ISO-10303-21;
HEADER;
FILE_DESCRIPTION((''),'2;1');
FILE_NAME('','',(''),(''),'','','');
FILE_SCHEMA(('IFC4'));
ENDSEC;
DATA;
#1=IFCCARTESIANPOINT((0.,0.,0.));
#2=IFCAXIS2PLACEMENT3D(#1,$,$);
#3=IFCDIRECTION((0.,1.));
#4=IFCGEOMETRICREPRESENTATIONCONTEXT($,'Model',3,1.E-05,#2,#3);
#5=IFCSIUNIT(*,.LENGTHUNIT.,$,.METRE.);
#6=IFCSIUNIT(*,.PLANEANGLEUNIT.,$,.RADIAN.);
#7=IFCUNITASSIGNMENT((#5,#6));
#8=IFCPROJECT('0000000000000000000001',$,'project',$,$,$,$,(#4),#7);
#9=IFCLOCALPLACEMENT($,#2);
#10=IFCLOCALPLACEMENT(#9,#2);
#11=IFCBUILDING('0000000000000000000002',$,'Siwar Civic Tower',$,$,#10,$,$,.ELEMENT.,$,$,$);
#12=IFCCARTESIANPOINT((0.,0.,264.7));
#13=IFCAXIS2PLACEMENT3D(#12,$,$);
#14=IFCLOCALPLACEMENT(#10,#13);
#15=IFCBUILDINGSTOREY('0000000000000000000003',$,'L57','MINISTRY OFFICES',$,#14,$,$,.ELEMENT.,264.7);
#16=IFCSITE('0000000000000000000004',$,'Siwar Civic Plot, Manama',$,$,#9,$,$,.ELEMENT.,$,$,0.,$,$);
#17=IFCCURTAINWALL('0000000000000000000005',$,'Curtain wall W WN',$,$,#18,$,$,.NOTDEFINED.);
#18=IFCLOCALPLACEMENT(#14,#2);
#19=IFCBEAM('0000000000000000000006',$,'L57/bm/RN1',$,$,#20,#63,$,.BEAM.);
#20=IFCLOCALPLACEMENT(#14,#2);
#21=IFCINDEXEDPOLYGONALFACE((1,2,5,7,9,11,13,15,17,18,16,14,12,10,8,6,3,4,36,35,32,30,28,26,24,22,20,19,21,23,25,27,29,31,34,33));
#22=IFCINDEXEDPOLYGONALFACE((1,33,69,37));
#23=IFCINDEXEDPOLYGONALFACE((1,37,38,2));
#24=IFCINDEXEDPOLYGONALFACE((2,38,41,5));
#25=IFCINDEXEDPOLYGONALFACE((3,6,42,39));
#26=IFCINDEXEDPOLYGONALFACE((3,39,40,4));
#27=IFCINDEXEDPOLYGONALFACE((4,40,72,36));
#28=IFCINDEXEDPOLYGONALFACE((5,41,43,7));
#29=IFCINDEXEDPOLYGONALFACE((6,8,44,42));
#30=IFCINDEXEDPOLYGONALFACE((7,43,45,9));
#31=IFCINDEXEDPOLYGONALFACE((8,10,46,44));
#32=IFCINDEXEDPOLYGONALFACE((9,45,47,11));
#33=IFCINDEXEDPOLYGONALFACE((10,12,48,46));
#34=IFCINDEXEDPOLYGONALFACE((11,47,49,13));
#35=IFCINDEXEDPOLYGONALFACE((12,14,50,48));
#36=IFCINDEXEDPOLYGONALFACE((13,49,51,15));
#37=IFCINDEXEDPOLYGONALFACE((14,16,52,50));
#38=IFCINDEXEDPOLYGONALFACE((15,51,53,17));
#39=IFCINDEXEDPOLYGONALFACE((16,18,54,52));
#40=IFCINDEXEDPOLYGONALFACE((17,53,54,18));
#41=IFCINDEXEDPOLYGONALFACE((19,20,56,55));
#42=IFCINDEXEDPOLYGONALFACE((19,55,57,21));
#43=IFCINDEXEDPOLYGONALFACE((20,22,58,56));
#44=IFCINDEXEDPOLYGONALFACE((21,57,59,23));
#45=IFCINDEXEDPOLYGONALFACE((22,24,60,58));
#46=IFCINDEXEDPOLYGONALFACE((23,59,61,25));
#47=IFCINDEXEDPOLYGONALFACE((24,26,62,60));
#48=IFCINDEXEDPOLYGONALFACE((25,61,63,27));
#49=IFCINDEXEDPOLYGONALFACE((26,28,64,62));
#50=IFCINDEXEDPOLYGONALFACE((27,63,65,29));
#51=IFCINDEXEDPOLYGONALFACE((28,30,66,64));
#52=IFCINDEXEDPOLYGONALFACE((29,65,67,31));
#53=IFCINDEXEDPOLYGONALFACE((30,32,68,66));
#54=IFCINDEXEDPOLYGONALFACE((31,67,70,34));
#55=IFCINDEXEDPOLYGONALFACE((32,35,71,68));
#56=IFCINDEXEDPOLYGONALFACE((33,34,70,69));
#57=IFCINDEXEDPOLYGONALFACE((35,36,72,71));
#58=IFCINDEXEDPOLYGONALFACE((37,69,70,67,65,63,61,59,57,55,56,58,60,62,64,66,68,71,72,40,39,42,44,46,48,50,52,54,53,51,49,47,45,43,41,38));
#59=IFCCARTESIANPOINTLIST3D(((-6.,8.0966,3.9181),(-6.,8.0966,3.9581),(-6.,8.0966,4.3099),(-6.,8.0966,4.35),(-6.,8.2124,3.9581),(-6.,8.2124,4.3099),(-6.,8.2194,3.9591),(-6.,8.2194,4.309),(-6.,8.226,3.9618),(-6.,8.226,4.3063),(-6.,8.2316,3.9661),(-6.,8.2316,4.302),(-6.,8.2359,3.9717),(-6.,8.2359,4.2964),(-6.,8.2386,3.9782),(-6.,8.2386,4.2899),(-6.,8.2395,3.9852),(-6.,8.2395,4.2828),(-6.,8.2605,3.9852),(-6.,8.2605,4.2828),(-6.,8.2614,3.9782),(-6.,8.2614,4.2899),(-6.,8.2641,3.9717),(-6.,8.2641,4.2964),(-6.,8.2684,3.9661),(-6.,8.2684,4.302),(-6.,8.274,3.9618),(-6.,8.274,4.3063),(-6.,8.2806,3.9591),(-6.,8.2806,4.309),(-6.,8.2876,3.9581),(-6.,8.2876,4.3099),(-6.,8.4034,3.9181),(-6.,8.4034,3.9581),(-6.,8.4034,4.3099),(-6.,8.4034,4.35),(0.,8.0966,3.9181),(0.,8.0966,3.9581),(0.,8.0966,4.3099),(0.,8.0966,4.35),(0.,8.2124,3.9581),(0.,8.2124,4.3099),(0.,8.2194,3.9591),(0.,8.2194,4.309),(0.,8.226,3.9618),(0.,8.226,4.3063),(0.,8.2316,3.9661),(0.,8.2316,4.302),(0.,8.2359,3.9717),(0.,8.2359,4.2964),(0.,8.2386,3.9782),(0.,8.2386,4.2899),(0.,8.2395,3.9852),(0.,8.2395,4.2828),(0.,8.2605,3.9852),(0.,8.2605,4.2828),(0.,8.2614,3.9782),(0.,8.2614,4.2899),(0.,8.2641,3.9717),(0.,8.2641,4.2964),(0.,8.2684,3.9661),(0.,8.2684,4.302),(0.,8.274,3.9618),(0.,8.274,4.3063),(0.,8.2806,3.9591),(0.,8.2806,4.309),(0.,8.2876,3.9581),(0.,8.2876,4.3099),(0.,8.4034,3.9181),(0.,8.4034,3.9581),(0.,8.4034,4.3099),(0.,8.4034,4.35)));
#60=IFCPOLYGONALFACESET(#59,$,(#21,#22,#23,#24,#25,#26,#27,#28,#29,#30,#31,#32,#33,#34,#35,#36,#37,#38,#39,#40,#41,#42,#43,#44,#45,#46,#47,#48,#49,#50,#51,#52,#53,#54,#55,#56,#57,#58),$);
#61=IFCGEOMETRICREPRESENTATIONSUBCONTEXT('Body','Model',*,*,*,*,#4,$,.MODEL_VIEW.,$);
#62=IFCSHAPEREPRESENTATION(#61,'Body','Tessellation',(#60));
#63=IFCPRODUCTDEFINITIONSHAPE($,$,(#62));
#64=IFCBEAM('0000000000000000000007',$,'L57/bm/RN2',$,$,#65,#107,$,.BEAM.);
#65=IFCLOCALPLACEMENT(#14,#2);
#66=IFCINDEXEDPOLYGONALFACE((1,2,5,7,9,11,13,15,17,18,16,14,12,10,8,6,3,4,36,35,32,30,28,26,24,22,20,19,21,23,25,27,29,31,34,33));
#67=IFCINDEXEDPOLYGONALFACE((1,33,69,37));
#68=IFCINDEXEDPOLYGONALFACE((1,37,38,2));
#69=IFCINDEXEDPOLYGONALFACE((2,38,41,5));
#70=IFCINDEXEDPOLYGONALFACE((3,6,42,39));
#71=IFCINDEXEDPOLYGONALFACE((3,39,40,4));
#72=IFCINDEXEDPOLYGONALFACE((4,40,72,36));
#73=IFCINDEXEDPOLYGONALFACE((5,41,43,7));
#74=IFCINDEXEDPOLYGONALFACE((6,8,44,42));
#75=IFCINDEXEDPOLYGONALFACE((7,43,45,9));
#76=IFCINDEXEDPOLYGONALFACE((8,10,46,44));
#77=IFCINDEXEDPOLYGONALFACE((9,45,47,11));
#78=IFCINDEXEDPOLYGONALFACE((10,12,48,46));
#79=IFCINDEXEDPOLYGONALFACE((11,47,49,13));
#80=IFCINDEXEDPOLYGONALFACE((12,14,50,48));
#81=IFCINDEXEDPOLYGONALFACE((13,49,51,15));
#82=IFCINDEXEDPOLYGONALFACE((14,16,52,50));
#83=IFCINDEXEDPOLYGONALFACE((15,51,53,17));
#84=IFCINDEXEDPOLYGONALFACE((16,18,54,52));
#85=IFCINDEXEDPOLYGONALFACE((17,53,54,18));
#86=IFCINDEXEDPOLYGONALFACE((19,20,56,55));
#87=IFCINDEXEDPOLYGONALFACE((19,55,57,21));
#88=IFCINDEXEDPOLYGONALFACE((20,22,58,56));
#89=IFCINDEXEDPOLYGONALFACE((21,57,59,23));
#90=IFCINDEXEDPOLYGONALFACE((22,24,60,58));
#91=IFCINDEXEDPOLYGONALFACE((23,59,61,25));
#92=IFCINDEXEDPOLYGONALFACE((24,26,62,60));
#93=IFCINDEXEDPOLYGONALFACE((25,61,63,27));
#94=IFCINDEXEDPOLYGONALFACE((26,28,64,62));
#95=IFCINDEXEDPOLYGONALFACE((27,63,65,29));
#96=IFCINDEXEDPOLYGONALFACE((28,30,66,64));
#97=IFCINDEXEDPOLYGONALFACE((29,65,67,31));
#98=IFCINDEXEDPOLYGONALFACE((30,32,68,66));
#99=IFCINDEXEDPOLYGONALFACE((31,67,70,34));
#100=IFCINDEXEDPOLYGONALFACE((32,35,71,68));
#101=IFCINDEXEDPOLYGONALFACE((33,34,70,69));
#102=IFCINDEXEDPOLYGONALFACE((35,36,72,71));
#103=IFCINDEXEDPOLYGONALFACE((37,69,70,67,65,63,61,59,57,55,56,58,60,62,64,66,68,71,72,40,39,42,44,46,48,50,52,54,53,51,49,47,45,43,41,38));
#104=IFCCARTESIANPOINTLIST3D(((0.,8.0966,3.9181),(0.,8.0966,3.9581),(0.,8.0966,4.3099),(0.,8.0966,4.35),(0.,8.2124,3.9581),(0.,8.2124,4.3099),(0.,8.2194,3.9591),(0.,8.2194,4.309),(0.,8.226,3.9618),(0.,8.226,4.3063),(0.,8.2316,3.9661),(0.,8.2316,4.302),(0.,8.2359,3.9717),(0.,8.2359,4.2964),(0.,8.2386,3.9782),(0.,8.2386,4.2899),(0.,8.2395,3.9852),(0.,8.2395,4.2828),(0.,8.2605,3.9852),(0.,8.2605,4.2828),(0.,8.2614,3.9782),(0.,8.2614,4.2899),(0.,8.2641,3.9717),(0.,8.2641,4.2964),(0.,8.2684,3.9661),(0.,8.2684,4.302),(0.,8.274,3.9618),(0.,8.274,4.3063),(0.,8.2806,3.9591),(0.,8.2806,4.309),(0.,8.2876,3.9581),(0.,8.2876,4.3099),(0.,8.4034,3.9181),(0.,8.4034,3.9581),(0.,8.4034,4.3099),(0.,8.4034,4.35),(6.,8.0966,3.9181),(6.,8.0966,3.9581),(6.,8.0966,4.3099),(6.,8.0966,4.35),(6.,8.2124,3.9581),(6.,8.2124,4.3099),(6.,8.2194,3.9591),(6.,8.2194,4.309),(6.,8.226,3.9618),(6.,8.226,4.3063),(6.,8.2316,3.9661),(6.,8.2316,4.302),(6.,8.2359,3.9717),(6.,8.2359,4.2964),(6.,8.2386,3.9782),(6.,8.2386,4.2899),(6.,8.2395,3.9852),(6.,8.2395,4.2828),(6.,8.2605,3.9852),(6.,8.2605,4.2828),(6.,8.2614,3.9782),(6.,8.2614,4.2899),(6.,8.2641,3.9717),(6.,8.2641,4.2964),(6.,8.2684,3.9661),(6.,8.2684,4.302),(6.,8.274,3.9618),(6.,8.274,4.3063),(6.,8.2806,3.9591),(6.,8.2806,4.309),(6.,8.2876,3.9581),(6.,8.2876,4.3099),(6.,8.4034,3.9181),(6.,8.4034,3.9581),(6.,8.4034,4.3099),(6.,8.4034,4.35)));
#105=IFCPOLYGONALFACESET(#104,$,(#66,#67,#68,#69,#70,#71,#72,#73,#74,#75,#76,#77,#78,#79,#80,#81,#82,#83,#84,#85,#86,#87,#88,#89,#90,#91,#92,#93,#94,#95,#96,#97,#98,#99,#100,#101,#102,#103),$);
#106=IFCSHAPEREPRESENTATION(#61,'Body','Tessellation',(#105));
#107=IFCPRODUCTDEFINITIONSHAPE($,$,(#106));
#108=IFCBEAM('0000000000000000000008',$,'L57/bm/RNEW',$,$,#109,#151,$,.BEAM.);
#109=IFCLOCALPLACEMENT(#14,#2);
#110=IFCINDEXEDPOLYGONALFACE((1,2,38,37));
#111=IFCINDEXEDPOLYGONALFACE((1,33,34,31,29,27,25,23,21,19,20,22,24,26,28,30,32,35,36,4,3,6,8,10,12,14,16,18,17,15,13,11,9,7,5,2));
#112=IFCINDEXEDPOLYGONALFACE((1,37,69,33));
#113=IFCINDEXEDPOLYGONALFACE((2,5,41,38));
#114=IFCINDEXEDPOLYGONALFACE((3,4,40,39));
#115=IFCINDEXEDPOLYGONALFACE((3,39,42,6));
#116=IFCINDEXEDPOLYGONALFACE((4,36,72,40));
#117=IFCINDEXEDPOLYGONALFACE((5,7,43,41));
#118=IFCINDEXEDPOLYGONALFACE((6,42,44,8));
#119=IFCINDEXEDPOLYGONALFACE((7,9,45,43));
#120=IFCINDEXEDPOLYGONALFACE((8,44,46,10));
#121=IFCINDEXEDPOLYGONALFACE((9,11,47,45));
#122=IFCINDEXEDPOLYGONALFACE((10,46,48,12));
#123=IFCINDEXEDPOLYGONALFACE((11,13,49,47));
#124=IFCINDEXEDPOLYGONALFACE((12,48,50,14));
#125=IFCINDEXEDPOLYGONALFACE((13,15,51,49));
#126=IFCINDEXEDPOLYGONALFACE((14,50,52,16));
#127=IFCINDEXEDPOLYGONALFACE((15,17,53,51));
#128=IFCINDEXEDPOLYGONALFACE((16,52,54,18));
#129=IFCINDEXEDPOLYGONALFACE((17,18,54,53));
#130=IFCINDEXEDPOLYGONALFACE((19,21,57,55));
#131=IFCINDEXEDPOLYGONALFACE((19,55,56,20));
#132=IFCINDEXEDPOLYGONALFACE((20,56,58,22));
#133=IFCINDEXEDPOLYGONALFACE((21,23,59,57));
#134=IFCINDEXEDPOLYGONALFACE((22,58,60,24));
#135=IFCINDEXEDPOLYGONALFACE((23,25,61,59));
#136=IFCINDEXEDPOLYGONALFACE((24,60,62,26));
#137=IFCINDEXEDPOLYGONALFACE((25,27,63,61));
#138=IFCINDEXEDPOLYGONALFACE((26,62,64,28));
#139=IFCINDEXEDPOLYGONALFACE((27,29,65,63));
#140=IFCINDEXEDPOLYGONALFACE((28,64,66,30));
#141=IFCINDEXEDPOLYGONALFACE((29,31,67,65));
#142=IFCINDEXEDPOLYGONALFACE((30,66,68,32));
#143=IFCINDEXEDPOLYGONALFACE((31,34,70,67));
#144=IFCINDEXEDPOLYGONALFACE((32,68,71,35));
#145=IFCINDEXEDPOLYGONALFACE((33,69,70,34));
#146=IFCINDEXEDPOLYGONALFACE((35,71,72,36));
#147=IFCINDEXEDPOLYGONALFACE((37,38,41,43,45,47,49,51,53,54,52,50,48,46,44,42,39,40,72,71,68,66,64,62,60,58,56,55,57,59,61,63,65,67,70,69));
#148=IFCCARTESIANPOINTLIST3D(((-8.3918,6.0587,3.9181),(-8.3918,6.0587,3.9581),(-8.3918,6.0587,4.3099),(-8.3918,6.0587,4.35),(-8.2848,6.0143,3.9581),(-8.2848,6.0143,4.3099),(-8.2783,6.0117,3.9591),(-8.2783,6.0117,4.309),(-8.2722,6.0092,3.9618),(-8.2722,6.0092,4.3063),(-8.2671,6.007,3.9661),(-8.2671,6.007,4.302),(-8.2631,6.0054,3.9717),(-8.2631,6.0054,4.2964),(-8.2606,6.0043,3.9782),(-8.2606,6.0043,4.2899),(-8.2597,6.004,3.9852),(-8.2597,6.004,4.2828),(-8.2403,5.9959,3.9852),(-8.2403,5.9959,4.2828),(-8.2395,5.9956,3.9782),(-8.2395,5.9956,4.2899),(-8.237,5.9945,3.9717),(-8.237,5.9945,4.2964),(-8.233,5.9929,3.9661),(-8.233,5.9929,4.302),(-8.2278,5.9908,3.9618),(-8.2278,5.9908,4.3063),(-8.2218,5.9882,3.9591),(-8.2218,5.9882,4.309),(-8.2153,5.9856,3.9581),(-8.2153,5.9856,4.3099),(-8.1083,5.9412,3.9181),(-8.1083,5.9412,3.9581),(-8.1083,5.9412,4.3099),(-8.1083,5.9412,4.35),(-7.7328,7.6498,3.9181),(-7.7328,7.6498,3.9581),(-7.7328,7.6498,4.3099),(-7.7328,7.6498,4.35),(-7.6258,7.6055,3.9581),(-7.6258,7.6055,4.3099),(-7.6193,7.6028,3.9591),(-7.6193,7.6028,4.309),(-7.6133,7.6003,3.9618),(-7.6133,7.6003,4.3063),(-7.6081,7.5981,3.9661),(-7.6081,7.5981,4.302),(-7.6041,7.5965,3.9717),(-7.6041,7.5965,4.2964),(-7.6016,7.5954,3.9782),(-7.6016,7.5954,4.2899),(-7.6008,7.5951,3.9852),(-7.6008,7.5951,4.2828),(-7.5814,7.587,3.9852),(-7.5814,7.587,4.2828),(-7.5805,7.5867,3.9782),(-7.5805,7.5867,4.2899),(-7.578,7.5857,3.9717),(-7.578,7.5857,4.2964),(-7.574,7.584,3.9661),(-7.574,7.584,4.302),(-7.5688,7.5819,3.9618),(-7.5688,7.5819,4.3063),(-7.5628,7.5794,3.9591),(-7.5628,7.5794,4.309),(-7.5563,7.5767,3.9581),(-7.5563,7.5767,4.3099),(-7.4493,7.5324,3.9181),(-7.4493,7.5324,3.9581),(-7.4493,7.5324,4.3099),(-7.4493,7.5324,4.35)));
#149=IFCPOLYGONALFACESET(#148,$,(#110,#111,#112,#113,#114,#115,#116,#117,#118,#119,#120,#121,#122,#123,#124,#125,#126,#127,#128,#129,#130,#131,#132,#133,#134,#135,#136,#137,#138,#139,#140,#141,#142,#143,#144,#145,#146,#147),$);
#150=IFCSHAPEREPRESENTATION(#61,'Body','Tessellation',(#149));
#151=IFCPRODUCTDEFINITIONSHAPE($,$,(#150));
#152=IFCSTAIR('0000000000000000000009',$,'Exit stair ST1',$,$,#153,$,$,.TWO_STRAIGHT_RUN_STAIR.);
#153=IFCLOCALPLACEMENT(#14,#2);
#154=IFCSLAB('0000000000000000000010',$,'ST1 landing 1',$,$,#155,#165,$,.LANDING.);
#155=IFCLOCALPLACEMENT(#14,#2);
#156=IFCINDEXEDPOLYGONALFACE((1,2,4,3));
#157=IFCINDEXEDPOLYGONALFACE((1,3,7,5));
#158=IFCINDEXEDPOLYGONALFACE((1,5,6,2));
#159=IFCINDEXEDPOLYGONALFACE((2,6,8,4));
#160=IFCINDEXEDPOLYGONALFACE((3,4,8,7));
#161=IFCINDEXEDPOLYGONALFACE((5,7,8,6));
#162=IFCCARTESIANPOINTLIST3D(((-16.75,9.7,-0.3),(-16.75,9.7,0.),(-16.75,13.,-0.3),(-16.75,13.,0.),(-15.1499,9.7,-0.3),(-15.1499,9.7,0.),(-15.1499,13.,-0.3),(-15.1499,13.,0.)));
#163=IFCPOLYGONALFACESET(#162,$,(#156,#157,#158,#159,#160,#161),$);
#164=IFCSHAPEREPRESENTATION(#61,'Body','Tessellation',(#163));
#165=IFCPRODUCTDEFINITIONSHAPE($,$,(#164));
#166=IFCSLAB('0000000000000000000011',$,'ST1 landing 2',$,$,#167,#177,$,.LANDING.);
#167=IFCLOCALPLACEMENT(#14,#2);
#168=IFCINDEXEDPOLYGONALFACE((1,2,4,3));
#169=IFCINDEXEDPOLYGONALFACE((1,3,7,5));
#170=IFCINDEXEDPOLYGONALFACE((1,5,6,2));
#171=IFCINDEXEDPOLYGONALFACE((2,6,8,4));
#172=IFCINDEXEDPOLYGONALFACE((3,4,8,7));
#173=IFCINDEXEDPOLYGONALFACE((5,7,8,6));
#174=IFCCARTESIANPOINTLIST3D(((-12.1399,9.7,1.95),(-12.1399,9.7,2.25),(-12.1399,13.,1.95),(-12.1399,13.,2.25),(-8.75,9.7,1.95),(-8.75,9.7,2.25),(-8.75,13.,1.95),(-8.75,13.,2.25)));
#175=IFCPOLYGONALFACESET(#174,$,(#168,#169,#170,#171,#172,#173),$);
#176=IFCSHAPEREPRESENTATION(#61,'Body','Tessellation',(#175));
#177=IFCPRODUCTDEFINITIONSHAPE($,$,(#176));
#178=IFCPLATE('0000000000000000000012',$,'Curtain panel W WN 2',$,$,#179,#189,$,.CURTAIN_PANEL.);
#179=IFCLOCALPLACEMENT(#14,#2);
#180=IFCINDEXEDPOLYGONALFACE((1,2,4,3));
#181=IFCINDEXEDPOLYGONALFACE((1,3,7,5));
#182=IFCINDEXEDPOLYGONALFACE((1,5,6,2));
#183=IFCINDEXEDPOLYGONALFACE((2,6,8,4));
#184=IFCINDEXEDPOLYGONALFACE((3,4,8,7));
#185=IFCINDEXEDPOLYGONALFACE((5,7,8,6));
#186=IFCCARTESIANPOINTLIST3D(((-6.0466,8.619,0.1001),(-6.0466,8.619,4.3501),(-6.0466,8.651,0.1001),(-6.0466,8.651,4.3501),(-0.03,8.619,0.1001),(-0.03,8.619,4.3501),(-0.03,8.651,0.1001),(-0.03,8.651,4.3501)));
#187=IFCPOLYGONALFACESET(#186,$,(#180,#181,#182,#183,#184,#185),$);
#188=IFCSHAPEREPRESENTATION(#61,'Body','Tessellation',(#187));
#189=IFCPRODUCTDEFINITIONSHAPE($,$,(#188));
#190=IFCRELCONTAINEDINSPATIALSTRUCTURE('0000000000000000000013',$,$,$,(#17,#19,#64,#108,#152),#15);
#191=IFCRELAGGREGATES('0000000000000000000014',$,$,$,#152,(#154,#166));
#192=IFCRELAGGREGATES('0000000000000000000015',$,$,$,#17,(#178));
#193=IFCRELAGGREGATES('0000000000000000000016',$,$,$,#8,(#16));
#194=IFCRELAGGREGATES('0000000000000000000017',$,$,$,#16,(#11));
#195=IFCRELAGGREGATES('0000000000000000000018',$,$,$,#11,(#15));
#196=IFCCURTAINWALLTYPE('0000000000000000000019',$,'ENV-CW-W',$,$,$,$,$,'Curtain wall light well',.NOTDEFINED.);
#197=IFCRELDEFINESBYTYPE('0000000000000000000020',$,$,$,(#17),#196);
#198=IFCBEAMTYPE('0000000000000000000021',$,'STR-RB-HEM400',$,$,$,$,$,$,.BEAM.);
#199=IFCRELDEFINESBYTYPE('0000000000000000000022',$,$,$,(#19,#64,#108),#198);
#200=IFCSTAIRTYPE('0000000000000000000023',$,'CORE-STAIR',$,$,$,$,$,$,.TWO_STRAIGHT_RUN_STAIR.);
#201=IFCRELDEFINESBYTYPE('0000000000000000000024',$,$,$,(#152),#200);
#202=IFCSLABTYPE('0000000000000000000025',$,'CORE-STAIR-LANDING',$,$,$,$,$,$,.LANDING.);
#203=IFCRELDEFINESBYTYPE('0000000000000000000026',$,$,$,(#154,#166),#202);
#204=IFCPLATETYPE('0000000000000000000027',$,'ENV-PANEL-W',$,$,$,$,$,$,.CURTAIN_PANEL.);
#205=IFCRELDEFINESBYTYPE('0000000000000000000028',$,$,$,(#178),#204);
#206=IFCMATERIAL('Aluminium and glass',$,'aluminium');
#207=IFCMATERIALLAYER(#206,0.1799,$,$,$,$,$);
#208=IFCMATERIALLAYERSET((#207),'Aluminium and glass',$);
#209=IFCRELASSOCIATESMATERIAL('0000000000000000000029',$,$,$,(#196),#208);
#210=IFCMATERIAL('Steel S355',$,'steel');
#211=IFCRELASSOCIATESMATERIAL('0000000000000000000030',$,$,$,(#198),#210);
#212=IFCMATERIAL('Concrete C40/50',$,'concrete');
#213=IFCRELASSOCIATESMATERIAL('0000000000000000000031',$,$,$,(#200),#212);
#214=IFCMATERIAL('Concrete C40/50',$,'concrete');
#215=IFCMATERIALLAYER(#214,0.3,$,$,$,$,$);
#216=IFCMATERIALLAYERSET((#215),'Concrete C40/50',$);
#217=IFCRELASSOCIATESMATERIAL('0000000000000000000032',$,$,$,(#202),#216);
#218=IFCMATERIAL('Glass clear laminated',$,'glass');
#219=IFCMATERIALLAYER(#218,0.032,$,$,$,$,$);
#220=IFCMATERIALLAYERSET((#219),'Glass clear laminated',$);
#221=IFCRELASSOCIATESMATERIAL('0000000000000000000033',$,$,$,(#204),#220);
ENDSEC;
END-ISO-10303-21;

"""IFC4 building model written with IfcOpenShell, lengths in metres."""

from ifc_helpers import new_model, si_unit, direction, frame, origin, origin_2d, place, context, subcontext, project, spatial, polyline, rectangle, i_section, outline, extrude, material, layer, layer_set, material_profile, profile_set, type_object, element, aggregate, save


model = new_model("IFC4")

# Units and contexts
model_context = context("Model", 3, precision=1e-05, world=origin(), true_north=direction((0.0, 1.0)))
body_context = subcontext(model_context, "Body", "Model", "MODEL_VIEW")
ifc_project = project(units=[si_unit("LENGTHUNIT", "METRE"), si_unit("PLANEANGLEUNIT", "RADIAN")], contexts=[model_context])

# Site, building, storey
site_placement = place(None, origin())
site = spatial("IfcSite", under=ifc_project, at=site_placement, Name="Siwar Civic Plot, Manama", CompositionType="ELEMENT", RefElevation=0.0)
building_placement = place(site_placement, origin())
building = spatial("IfcBuilding", under=site, at=building_placement, Name="Siwar Civic Tower", CompositionType="ELEMENT")
storey_placement = place(building_placement, frame((0.0, 0.0, 264.7)))
storey = spatial("IfcBuildingStorey", under=building, at=storey_placement, Name="L57", Description="MINISTRY OFFICES", CompositionType="ELEMENT", Elevation=264.7)

# Curtain wall
ifc_material_1 = material(Name="Aluminium and glass", Category="aluminium")
ifc_layer_1 = layer(ifc_material_1, 0.1799)
ifc_layer_set_1 = layer_set([ifc_layer_1], Name="Aluminium and glass")
curtain_wall_type = type_object("IfcCurtainWallType", Name="ENV-CW-W", ElementType="Curtain wall light well", PredefinedType="NOTDEFINED", material=ifc_layer_set_1)
curtain_wall_placement = place(storey_placement, origin())
curtain_wall = element("IfcCurtainWall", 1, at=curtain_wall_placement, inside=storey, type_object=curtain_wall_type, Name="Curtain wall W WN", PredefinedType="NOTDEFINED")

# Beams
ifc_material_2 = material(Name="Steel S355", Category="steel")
ifc_material_profile_1 = material_profile(ifc_material_2, i_section(OverallWidth=0.3069, OverallDepth=0.4319, WebThickness=0.021, FlangeThickness=0.04, FilletRadius=0.0271, at=origin_2d()), Name="HEM400")
ifc_profile_set_1 = profile_set([ifc_material_profile_1], Name="Steel S355")
beam_type_1 = type_object("IfcBeamType", Name="STR-RB-HEM400", PredefinedType="BEAM", material=ifc_profile_set_1)
for number, where, z_axis, x_axis, name in (
    (2, (-6.0, 8.25, 4.134), (1.0, 0.0, 0.0), (0.0, 1.0, 0.0), "L57/bm/RN1"),
    (3, (0.0, 8.25, 4.134), (1.0, 0.0, 0.0), (0.0, 1.0, 0.0), "L57/bm/RN2"),
):
    element("IfcBeam", number, at=place(storey_placement, frame(where, z_axis=z_axis, x_axis=x_axis)), inside=storey, type_object=beam_type_1, Name=name, PredefinedType="BEAM", context=body_context, shape_type="SweptSolid", body=[
        extrude(i_section(OverallWidth=0.3069, OverallDepth=0.4319, WebThickness=0.021, FlangeThickness=0.04, FilletRadius=0.0271, at=origin_2d()), origin(), (0.0, 0.0, 1.0), 6.0),
    ])
beam_1_placement = place(storey_placement, frame((-7.5911, 7.5911, 4.134), z_axis=(-0.382631, -0.923901, 0.0), x_axis=(0.923901, -0.382631, 0.0)))
element("IfcBeam", 4, at=beam_1_placement, inside=storey, type_object=beam_type_1, Name="L57/bm/RNEW", PredefinedType="BEAM", context=body_context, shape_type="SweptSolid", body=[
    extrude(i_section(OverallWidth=0.3069, OverallDepth=0.4319, WebThickness=0.021, FlangeThickness=0.04, FilletRadius=0.0271, at=origin_2d()), origin(), (0.0, 0.0, 1.0), 1.7222),
])

# Stair, slabs
ifc_material_3 = material(Name="Concrete C40/50", Category="concrete")
stair_type = type_object("IfcStairType", Name="CORE-STAIR", PredefinedType="TWO_STRAIGHT_RUN_STAIR", material=ifc_material_3)
stair_placement = place(storey_placement, origin())
stair = element("IfcStair", 5, at=stair_placement, inside=storey, type_object=stair_type, Name="Exit stair ST1", PredefinedType="TWO_STRAIGHT_RUN_STAIR")
ifc_material_4 = material(Name="Concrete C40/50", Category="concrete")
ifc_layer_2 = layer(ifc_material_4, 0.3)
ifc_layer_set_2 = layer_set([ifc_layer_2], Name="Concrete C40/50")
slab_type_1 = type_object("IfcSlabType", Name="CORE-STAIR-LANDING", PredefinedType="LANDING", material=ifc_layer_set_2)
slab_1_placement = place(storey_placement, frame((0.0, 0.0, -0.3)))
slab_1 = element("IfcSlab", 6, at=slab_1_placement, type_object=slab_type_1, Name="ST1 landing 1", PredefinedType="LANDING", context=body_context, shape_type="SweptSolid", body=[
    extrude(outline(polyline([(-15.1499, 13.0), (-16.75, 13.0), (-16.75, 9.7), (-15.1499, 9.7), (-15.1499, 13.0)])), origin(), (0.0, 0.0, 1.0), 0.3),
])
slab_2_placement = place(storey_placement, frame((0.0, 0.0, 1.95)))
slab_2 = element("IfcSlab", 7, at=slab_2_placement, type_object=slab_type_1, Name="ST1 landing 2", PredefinedType="LANDING", context=body_context, shape_type="SweptSolid", body=[
    extrude(outline(polyline([(-8.75, 13.0), (-12.1399, 13.0), (-12.1399, 9.7), (-8.75, 9.7), (-8.75, 13.0)])), origin(), (0.0, 0.0, 1.0), 0.3),
])
aggregate(stair, [slab_1, slab_2])

# Plate
ifc_material_5 = material(Name="Glass clear laminated", Category="glass")
ifc_layer_3 = layer(ifc_material_5, 0.032)
ifc_layer_set_3 = layer_set([ifc_layer_3], Name="Glass clear laminated")
plate_type = type_object("IfcPlateType", Name="ENV-PANEL-W", PredefinedType="CURTAIN_PANEL", material=ifc_layer_set_3)
plate_placement = place(storey_placement, frame((-3.0383, 8.635, 0.1001), z_axis=(0.0, 0.0, 1.0), x_axis=(-1.0, 0.0, 0.0)))
plate = element("IfcPlate", 8, at=plate_placement, type_object=plate_type, Name="Curtain panel W WN 2", PredefinedType="CURTAIN_PANEL", context=body_context, shape_type="SweptSolid", body=[
    extrude(rectangle(XDim=6.0166, YDim=0.032, at=origin_2d()), origin(), (0.0, 0.0, 1.0), 4.25),
])
aggregate(curtain_wall, [plate])

save(model, "model.ifc")
